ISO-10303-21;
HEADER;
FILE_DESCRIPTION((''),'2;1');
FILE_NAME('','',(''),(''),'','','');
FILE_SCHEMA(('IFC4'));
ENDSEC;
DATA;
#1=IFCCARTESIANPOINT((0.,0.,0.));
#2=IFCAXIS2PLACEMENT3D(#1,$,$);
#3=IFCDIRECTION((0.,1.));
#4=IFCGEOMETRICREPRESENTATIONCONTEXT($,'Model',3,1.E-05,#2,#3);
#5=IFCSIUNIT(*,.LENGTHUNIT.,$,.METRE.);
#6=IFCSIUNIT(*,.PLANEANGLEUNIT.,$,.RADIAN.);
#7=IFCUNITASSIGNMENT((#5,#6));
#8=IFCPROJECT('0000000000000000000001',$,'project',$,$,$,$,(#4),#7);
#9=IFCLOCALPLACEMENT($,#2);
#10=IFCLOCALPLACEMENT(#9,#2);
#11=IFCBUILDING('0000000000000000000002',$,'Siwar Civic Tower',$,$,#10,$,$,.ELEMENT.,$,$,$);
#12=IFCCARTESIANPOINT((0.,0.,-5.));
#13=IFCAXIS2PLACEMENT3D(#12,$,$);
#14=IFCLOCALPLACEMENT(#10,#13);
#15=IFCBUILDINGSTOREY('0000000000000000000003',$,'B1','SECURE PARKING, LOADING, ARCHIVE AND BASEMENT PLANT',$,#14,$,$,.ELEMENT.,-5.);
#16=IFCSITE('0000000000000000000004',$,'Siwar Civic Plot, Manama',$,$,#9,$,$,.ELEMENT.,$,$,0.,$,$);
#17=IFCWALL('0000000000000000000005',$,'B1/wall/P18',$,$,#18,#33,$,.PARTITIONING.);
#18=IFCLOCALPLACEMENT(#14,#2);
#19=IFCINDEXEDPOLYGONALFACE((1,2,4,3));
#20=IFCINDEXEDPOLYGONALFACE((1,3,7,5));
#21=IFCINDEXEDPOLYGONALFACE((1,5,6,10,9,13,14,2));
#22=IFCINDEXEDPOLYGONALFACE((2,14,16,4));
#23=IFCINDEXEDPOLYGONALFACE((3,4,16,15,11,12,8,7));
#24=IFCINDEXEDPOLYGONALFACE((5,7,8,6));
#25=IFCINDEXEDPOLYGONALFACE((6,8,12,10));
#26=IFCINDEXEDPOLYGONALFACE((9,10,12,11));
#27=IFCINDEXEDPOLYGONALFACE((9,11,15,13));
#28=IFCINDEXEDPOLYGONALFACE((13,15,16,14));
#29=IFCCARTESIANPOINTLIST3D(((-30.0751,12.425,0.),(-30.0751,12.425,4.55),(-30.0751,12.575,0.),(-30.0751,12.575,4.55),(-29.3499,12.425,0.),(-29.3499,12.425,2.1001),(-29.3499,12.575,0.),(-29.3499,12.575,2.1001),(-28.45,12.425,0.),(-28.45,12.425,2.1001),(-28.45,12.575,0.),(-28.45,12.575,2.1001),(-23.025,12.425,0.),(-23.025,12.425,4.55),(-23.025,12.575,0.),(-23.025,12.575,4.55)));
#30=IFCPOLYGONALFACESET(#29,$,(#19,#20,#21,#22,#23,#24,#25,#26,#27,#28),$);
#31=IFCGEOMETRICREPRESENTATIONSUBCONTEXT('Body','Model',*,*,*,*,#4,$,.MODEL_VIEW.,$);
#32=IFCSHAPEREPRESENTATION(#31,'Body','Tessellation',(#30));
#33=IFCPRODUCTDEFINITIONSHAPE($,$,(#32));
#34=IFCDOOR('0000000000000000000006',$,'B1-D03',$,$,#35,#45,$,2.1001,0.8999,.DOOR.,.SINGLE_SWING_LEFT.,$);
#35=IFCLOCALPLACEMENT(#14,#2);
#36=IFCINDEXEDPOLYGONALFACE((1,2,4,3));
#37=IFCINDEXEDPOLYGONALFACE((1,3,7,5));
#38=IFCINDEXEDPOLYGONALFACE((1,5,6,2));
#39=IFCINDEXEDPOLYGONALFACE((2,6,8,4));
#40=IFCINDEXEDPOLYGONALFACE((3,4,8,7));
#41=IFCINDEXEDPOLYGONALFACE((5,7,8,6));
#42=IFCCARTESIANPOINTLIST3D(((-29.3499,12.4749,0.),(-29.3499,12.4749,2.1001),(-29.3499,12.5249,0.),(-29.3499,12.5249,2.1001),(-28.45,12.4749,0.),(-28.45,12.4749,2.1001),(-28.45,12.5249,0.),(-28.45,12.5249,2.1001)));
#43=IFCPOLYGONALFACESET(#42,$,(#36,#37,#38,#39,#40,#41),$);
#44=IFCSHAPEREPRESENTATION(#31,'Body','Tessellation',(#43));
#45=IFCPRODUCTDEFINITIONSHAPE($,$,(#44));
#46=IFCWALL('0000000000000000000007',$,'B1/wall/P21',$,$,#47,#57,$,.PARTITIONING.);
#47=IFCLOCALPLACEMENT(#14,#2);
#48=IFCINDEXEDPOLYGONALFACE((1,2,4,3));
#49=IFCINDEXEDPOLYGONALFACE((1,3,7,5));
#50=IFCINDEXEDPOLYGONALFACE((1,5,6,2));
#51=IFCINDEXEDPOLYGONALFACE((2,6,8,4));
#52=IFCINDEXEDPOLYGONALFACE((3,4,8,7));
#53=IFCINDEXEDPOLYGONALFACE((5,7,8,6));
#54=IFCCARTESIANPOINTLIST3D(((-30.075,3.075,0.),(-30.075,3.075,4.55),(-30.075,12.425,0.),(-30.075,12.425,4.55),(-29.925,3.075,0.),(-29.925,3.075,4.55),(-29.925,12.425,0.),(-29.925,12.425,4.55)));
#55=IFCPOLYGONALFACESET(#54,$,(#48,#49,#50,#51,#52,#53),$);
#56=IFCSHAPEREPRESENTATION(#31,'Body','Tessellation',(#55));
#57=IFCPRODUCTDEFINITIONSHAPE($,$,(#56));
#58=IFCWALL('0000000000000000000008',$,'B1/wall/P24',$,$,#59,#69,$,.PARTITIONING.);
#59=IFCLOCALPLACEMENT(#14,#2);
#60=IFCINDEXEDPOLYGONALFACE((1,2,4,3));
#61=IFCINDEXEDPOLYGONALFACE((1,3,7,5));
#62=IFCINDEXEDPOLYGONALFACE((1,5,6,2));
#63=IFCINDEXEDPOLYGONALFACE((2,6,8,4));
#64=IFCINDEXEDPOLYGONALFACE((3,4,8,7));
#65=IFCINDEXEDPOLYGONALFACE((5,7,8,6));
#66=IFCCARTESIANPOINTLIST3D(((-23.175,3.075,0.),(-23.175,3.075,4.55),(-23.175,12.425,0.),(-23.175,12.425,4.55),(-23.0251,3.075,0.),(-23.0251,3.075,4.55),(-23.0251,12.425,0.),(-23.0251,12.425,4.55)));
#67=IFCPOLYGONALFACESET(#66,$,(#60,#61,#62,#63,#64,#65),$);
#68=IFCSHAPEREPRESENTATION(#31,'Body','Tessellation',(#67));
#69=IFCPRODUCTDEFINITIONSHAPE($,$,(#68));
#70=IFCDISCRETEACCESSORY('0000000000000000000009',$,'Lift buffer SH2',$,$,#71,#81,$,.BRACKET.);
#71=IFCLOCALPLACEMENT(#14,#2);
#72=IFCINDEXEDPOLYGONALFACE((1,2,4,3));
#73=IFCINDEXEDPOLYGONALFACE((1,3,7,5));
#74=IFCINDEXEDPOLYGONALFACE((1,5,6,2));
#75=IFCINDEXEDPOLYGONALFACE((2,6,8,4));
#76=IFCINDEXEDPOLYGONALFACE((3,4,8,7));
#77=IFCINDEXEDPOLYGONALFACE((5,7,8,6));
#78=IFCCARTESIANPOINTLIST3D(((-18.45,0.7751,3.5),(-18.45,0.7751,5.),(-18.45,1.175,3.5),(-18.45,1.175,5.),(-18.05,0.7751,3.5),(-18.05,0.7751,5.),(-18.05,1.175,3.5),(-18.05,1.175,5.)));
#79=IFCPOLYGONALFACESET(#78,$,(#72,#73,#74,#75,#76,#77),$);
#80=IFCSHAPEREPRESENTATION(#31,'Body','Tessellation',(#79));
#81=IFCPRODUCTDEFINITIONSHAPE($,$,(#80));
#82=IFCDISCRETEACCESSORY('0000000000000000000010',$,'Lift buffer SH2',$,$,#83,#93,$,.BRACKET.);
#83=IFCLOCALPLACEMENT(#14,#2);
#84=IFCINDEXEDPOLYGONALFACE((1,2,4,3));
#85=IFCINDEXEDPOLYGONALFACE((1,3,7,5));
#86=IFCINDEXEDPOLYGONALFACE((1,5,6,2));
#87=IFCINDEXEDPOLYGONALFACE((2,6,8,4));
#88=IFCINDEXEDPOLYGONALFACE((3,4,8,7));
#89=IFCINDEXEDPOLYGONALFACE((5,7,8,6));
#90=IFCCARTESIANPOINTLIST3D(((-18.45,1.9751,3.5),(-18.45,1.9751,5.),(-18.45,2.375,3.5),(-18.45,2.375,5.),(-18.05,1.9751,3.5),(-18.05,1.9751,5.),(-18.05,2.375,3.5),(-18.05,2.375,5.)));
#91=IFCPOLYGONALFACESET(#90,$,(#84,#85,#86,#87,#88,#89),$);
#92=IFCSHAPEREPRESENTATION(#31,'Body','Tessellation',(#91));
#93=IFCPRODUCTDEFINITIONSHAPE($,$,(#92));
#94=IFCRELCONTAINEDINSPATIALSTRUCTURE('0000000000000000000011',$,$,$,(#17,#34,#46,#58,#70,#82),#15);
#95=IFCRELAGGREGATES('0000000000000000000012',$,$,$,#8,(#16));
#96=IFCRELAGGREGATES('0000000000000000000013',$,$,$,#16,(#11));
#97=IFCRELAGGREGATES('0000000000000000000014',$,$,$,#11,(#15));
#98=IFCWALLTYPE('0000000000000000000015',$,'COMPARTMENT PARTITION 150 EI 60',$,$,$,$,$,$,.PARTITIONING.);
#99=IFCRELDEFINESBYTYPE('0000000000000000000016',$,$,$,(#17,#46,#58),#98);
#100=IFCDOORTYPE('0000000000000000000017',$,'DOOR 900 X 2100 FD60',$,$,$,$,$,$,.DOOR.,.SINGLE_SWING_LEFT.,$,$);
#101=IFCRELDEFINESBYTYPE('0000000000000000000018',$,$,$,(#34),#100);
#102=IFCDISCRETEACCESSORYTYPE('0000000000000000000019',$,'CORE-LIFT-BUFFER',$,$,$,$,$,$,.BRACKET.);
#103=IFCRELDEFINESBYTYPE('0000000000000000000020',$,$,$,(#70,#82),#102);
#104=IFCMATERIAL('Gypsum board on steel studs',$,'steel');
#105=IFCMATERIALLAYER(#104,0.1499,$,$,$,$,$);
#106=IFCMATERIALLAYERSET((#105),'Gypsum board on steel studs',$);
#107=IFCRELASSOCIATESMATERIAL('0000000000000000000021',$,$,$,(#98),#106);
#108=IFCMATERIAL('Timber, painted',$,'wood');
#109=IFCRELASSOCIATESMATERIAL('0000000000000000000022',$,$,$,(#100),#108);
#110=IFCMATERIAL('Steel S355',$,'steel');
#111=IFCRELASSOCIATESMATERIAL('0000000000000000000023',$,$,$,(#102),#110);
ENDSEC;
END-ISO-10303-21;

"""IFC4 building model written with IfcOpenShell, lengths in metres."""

from ifc_helpers import new_model, si_unit, direction, frame, frame_2d, origin, origin_2d, place, context, subcontext, project, spatial, rectangle, extrude, material, layer, layer_set, type_object, element, fill, save


model = new_model("IFC4")

# Units and contexts
model_context = context("Model", 3, precision=1e-05, world=origin(), true_north=direction((0.0, 1.0)))
body_context = subcontext(model_context, "Body", "Model", "MODEL_VIEW")
ifc_project = project(units=[si_unit("LENGTHUNIT", "METRE"), si_unit("PLANEANGLEUNIT", "RADIAN")], contexts=[model_context])

# Site, building, storey
site_placement = place(None, origin())
site = spatial("IfcSite", under=ifc_project, at=site_placement, Name="Siwar Civic Plot, Manama", CompositionType="ELEMENT", RefElevation=0.0)
building_placement = place(site_placement, origin())
building = spatial("IfcBuilding", under=site, at=building_placement, Name="Siwar Civic Tower", CompositionType="ELEMENT")
storey_placement = place(building_placement, frame((0.0, 0.0, -5.0)))
storey = spatial("IfcBuildingStorey", under=building, at=storey_placement, Name="B1", Description="SECURE PARKING, LOADING, ARCHIVE AND BASEMENT PLANT", CompositionType="ELEMENT", Elevation=-5.0)

# Shared definitions
ifc_material_1 = material(Name="Gypsum board on steel studs", Category="steel")
ifc_layer = layer(ifc_material_1, 0.1499)
ifc_layer_set = layer_set([ifc_layer], Name="Gypsum board on steel studs")
wall_type = type_object("IfcWallType", Name="COMPARTMENT PARTITION 150 EI 60", PredefinedType="PARTITIONING", material=ifc_layer_set)
ifc_material_2 = material(Name="Timber, painted", Category="wood")
door_type = type_object("IfcDoorType", Name="DOOR 900 X 2100 FD60", OperationType="SINGLE_SWING_LEFT", PredefinedType="DOOR", material=ifc_material_2)

# Wall, opening, door
wall_1_placement = place(storey_placement, frame((-30.075, 12.5, 0.0), z_axis=(0.0, 0.0, 1.0), x_axis=(1.0, 0.0, 0.0)))
wall_1 = element("IfcWall", 1, at=wall_1_placement, inside=storey, type_object=wall_type, Name="B1/wall/P18", PredefinedType="PARTITIONING", context=body_context, shape_type="SweptSolid", body=[
    extrude(rectangle(XDim=7.05, YDim=0.1499, at=frame_2d((3.5249, 0.0))), origin(), (0.0, 0.0, 1.0), 4.55),
])
opening_1_placement = place(wall_1_placement, frame((0.7251, 0.0, 0.0)))
opening_1 = element("IfcOpeningElement", 2, at=opening_1_placement, cuts=wall_1, PredefinedType="OPENING", context=body_context, shape_type="SweptSolid", body=[
    extrude(rectangle(XDim=0.8999, YDim=2.1001, at=frame_2d((0.45, 1.05))), frame((0.0, 0.085, 0.0), z_axis=(0.0, -1.0, 0.0), x_axis=(1.0, 0.0, 0.0)), (0.0, 0.0, 1.0), 0.1699),
])
door_1_placement = place(opening_1_placement, origin())
door_1 = element("IfcDoor", 3, at=door_1_placement, inside=storey, type_object=door_type, Name="B1-D03", OperationType="SINGLE_SWING_LEFT", OverallHeight=2.1001, OverallWidth=0.8999, PredefinedType="DOOR", context=body_context, shape_type="SweptSolid", body=[
    extrude(rectangle(XDim=0.8999, YDim=2.1001, at=frame_2d((0.45, 1.05))), frame((0.0, 0.0249, 0.0), z_axis=(0.0, -1.0, 0.0), x_axis=(1.0, 0.0, 0.0)), (0.0, 0.0, 1.0), 0.05),
])
fill(opening_1, door_1)

# Walls
for number, where, z_axis, x_axis, name in (
    (4, (-30.0, 3.075, 0.0), (0.0, 0.0, 1.0), (0.0, 1.0, 0.0), "B1/wall/P21"),
    (5, (-23.1001, 3.075, 0.0), (0.0, 0.0, 1.0), (0.0, 1.0, 0.0), "B1/wall/P24"),
):
    element("IfcWall", number, at=place(storey_placement, frame(where, z_axis=z_axis, x_axis=x_axis)), inside=storey, type_object=wall_type, Name=name, PredefinedType="PARTITIONING", context=body_context, shape_type="SweptSolid", body=[
        extrude(rectangle(XDim=9.3501, YDim=0.1499, at=frame_2d((4.675, 0.0))), origin(), (0.0, 0.0, 1.0), 4.55),
    ])

# Discrete accessories
ifc_material_3 = material(Name="Steel S355", Category="steel")
discrete_accessory_type = type_object("IfcDiscreteAccessoryType", Name="CORE-LIFT-BUFFER", PredefinedType="BRACKET", material=ifc_material_3)
for number, where, z_axis, x_axis, name in (
    (6, (-18.25, 0.9751, 3.5), (0.0, 0.0, 1.0), (1.0, 0.0, 0.0), "Lift buffer SH2"),
    (7, (-18.25, 2.175, 3.5), (0.0, 0.0, 1.0), (1.0, 0.0, 0.0), "Lift buffer SH2"),
):
    element("IfcDiscreteAccessory", number, at=place(storey_placement, frame(where, z_axis=z_axis, x_axis=x_axis)), inside=storey, type_object=discrete_accessory_type, Name=name, PredefinedType="BRACKET", context=body_context, shape_type="SweptSolid", body=[
        extrude(rectangle(XDim=0.3999, YDim=0.3999, at=origin_2d()), origin(), (0.0, 0.0, 1.0), 1.5),
    ])

save(model, "model.ifc")
